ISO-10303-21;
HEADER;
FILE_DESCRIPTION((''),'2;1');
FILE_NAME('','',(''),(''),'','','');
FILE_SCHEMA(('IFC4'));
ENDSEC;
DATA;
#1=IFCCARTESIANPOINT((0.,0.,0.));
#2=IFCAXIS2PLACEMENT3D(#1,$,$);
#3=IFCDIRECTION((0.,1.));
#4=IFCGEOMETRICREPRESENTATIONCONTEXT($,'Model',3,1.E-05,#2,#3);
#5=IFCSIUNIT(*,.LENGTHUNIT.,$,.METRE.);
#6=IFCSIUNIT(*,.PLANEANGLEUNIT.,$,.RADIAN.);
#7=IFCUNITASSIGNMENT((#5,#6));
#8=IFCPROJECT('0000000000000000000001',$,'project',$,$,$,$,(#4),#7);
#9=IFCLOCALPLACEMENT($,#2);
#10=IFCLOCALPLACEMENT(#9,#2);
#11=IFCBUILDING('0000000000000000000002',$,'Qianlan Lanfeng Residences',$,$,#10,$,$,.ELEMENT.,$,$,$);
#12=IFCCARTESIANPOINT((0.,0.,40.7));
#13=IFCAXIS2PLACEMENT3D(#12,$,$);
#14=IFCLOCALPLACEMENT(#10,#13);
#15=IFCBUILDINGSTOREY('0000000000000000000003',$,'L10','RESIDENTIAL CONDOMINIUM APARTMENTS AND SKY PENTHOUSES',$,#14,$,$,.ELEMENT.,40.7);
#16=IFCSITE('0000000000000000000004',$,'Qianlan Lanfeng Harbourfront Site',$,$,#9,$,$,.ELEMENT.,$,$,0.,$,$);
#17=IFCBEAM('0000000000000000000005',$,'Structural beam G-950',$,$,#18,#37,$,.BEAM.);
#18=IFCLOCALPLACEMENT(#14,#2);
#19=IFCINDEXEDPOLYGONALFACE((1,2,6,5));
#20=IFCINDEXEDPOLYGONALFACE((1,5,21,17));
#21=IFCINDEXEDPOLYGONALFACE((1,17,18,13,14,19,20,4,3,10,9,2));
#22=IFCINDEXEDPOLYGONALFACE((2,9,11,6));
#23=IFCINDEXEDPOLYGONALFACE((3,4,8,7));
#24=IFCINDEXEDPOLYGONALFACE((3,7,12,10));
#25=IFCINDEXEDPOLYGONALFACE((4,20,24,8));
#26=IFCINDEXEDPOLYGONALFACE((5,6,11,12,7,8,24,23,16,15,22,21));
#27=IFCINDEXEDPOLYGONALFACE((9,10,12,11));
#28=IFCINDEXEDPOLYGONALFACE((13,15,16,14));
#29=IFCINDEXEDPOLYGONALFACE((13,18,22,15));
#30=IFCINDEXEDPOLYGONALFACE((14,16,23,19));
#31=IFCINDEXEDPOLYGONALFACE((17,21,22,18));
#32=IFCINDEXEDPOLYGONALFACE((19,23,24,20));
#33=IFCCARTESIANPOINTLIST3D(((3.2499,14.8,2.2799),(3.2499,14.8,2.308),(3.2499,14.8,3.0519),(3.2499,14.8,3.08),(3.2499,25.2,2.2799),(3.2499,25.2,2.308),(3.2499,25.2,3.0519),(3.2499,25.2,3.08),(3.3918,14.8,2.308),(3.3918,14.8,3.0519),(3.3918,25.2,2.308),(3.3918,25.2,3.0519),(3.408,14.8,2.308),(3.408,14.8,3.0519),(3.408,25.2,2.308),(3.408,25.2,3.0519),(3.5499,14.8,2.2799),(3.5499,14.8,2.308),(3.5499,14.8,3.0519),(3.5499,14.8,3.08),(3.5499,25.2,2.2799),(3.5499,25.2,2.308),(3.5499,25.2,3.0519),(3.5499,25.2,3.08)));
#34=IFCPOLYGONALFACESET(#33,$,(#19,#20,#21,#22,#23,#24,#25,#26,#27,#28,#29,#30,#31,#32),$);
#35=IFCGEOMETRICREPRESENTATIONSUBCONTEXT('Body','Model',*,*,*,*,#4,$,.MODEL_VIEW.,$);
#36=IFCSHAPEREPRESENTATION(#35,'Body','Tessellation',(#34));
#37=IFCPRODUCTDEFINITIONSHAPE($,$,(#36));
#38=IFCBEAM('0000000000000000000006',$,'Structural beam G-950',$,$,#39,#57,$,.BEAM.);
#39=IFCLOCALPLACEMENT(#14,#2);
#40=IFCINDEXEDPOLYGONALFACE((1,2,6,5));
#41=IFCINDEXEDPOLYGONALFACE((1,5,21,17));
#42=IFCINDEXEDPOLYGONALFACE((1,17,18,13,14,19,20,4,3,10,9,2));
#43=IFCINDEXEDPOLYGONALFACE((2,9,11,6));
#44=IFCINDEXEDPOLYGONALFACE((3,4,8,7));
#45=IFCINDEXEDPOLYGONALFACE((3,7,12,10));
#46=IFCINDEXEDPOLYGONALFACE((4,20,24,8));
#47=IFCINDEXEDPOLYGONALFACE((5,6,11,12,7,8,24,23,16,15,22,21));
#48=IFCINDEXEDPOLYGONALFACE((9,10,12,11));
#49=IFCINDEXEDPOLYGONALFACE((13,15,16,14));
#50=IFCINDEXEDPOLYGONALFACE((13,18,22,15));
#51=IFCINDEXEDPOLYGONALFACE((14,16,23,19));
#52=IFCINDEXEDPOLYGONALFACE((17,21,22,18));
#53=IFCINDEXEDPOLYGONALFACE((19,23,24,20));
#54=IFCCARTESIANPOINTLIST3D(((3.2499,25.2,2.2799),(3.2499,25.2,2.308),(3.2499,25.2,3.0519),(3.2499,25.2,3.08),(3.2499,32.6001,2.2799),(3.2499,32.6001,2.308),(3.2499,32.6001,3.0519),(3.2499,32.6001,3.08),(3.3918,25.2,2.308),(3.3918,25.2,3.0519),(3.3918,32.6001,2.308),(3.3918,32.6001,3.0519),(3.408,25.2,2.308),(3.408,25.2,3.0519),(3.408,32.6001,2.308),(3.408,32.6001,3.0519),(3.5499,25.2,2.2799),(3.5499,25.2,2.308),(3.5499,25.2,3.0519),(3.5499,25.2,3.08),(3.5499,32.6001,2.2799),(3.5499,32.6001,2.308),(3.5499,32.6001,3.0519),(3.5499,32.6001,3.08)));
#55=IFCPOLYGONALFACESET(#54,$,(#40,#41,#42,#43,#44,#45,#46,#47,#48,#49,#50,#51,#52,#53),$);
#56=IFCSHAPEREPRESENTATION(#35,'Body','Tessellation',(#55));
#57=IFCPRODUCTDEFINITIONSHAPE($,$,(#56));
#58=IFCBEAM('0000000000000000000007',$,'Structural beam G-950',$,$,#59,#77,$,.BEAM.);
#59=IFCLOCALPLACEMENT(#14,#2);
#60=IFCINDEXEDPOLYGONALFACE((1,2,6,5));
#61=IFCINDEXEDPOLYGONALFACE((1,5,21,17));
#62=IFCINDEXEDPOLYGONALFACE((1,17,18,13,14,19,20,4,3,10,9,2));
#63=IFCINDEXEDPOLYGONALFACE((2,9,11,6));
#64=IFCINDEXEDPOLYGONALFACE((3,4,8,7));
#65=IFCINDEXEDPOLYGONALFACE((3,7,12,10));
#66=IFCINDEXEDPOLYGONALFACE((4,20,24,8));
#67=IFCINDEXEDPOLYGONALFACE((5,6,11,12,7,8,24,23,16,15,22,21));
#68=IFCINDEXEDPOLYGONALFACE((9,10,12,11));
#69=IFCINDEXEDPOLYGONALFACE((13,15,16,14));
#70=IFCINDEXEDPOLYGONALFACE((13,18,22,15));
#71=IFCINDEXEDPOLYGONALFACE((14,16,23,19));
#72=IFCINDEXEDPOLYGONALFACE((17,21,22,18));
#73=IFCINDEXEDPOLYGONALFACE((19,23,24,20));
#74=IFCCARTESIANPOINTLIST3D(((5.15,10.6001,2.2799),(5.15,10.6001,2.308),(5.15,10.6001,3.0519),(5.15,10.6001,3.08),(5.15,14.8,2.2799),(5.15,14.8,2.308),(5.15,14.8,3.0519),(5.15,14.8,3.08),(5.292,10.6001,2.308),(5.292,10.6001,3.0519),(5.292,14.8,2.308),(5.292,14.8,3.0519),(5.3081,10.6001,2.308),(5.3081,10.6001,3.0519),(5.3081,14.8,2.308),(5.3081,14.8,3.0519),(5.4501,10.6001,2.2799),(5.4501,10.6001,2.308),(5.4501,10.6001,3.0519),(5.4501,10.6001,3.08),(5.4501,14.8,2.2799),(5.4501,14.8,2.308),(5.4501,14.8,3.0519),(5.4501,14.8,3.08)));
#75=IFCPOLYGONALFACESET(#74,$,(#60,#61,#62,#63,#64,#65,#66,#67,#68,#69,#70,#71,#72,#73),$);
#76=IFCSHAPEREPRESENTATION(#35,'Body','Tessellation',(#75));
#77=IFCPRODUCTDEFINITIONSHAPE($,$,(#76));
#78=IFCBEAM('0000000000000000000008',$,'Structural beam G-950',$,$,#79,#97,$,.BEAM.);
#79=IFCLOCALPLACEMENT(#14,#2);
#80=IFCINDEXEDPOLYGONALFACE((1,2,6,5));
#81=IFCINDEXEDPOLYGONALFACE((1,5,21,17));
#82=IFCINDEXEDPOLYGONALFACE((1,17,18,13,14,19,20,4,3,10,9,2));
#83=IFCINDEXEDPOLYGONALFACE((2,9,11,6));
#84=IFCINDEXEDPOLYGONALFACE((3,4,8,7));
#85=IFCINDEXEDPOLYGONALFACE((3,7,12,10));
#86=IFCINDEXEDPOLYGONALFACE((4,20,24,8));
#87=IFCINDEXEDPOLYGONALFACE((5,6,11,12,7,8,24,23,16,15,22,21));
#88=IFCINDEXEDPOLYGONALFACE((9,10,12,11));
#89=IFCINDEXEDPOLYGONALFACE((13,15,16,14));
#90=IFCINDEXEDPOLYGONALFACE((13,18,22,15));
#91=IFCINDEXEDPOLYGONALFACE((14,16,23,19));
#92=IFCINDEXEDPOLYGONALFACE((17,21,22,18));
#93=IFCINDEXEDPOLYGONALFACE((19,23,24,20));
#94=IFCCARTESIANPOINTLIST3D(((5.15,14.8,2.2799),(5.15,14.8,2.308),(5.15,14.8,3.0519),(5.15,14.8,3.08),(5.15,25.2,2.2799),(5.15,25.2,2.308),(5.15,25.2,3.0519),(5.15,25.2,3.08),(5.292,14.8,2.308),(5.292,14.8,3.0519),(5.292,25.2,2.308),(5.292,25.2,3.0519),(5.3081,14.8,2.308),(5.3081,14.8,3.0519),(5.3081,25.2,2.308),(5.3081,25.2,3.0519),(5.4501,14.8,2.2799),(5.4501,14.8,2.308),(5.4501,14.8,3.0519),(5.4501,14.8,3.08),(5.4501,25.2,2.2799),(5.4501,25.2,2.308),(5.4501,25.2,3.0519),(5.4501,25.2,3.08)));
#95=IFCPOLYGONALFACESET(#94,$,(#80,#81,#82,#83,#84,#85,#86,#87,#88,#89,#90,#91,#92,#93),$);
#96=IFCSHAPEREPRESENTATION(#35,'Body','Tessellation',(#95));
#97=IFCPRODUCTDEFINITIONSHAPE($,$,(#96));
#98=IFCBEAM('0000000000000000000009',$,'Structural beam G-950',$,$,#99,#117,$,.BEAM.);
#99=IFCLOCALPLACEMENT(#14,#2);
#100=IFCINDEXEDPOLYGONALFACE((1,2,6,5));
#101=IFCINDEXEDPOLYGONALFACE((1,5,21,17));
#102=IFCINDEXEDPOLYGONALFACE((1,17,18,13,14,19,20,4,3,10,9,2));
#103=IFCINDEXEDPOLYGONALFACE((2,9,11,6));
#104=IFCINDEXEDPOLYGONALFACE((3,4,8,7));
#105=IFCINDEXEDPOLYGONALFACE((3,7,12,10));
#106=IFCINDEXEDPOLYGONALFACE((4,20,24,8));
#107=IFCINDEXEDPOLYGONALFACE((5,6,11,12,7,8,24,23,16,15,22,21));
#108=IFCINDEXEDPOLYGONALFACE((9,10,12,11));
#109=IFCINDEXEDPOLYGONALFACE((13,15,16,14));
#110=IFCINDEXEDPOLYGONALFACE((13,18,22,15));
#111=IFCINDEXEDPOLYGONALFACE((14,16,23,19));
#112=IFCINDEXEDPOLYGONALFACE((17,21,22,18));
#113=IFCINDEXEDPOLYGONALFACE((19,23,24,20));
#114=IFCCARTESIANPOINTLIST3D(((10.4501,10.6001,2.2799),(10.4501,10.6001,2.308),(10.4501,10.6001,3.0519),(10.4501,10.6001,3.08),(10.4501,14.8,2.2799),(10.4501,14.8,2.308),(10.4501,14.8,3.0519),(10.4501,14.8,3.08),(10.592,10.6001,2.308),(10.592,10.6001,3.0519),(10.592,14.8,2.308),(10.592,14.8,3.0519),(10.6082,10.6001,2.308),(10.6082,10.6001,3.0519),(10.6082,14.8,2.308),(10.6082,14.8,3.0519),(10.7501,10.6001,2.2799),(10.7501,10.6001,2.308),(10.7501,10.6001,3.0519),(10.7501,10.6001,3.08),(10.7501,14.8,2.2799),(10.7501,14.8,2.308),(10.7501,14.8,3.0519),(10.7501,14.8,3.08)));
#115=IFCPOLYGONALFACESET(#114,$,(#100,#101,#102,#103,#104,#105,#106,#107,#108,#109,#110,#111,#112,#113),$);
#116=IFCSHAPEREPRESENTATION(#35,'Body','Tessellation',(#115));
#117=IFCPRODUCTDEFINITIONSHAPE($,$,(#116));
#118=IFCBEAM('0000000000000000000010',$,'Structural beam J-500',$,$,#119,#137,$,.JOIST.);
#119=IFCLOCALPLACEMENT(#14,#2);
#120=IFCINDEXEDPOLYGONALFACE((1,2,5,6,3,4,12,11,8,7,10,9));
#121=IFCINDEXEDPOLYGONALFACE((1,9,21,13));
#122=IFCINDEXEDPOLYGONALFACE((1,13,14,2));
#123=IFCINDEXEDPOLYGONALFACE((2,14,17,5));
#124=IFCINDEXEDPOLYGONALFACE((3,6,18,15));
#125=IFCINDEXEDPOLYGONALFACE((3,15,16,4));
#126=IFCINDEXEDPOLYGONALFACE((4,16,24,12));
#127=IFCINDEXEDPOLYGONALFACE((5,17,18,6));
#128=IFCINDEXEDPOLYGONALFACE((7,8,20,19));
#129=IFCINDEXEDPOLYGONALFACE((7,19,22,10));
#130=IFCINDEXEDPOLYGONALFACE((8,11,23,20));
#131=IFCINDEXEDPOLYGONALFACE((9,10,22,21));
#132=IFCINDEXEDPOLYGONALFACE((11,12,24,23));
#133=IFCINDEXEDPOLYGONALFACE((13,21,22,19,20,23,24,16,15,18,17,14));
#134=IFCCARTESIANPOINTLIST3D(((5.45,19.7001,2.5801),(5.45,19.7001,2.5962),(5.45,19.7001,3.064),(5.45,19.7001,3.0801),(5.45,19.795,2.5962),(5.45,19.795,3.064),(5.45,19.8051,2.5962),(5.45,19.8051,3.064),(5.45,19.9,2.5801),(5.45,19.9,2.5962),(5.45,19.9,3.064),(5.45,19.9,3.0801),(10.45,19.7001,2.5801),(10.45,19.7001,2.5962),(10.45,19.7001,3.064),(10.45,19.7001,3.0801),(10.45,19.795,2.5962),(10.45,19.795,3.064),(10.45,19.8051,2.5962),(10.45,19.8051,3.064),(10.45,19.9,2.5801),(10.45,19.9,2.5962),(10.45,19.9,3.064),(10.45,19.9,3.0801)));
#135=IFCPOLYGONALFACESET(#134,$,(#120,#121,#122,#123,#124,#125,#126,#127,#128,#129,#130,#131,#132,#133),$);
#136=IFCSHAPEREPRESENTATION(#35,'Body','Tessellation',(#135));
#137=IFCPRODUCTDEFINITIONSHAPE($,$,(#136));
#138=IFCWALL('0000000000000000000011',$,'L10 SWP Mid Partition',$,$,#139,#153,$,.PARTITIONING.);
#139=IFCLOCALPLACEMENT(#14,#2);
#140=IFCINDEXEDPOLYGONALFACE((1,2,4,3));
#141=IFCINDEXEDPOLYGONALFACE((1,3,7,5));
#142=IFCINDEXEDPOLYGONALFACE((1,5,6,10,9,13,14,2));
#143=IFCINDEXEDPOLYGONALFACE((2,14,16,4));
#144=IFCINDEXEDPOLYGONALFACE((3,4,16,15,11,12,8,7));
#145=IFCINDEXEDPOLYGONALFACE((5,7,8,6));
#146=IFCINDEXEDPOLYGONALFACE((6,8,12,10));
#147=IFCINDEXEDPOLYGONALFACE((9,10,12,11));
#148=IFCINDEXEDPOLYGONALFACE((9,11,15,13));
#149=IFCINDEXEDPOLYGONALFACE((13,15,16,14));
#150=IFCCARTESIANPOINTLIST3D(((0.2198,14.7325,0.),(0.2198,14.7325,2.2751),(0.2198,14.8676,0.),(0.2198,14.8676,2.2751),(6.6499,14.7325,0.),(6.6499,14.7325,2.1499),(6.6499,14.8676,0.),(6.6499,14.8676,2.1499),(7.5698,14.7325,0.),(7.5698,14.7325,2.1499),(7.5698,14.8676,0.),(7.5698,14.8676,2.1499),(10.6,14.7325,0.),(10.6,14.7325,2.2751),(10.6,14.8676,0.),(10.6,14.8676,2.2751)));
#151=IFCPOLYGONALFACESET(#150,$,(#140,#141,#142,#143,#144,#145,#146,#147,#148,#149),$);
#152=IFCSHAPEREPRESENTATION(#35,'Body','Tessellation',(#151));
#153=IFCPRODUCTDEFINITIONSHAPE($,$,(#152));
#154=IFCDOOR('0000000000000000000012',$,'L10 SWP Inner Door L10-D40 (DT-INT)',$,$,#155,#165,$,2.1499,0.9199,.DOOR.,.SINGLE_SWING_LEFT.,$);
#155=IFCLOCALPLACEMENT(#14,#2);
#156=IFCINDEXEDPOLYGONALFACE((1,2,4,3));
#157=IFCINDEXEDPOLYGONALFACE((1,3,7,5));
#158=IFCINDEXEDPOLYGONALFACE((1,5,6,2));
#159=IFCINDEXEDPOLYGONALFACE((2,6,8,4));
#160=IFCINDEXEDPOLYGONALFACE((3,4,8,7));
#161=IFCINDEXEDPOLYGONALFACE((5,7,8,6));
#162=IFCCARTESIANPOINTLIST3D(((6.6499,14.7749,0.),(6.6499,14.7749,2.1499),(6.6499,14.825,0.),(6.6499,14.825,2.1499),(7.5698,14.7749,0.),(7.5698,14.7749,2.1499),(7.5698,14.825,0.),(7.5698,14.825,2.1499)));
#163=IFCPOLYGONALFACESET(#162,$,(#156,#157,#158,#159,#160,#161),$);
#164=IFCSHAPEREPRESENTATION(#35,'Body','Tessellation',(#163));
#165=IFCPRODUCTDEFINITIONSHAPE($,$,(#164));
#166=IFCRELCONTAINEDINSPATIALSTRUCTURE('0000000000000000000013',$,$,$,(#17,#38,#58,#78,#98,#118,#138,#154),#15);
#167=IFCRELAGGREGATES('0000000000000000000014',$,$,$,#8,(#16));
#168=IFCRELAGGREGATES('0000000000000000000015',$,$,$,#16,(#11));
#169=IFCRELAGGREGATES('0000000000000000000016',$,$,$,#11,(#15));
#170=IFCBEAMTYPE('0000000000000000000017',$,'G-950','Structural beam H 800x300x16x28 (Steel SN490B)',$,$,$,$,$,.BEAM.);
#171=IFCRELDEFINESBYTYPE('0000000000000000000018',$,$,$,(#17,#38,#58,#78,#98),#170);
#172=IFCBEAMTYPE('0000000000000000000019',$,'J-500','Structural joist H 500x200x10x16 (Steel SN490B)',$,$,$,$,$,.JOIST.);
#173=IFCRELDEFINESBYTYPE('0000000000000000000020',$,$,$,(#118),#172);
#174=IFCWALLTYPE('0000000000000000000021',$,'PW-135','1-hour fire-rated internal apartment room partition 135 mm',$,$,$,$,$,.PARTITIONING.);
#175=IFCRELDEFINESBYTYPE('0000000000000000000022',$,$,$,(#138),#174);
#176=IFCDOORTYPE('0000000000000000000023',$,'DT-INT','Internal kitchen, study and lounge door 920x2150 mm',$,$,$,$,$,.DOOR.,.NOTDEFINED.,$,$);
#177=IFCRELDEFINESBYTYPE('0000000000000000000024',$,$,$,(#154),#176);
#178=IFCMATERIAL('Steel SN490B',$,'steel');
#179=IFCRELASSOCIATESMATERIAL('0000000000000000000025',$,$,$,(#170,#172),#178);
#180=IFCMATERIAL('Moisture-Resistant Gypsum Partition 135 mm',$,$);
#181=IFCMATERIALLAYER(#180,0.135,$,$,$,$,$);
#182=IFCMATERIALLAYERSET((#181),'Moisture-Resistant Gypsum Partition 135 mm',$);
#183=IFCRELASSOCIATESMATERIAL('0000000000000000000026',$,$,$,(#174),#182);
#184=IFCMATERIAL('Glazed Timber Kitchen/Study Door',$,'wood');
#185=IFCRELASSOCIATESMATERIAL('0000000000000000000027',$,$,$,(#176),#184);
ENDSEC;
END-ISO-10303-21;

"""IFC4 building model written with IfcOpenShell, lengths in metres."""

from ifc_helpers import new_model, si_unit, direction, frame, frame_2d, origin, origin_2d, place, context, subcontext, project, spatial, rectangle, i_section, extrude, material, layer, layer_set, material_profile, profile_set, type_object, element, fill, save


model = new_model("IFC4")

# Units and contexts
model_context = context("Model", 3, precision=1e-05, world=origin(), true_north=direction((0.0, 1.0)))
body_context = subcontext(model_context, "Body", "Model", "MODEL_VIEW")
ifc_project = project(units=[si_unit("LENGTHUNIT", "METRE"), si_unit("PLANEANGLEUNIT", "RADIAN")], contexts=[model_context])

# Site, building, storey
site_placement = place(None, origin())
site = spatial("IfcSite", under=ifc_project, at=site_placement, Name="Qianlan Lanfeng Harbourfront Site", CompositionType="ELEMENT", RefElevation=0.0)
building_placement = place(site_placement, origin())
building = spatial("IfcBuilding", under=site, at=building_placement, Name="Qianlan Lanfeng Residences", CompositionType="ELEMENT")
storey_placement = place(building_placement, frame((0.0, 0.0, 40.7)))
storey = spatial("IfcBuildingStorey", under=building, at=storey_placement, Name="L10", Description="RESIDENTIAL CONDOMINIUM APARTMENTS AND SKY PENTHOUSES", CompositionType="ELEMENT", Elevation=40.7)

# Beams
ifc_material_1 = material(Name="Steel SN490B", Category="steel")
ifc_material_profile_1 = material_profile(ifc_material_1, i_section(OverallWidth=0.3, OverallDepth=0.8, WebThickness=0.0161, FlangeThickness=0.0281, at=origin_2d()), Name="H 800x300x16x28")
ifc_profile_set_1 = profile_set([ifc_material_profile_1], Name="Steel SN490B")
beam_type_1 = type_object("IfcBeamType", Name="G-950", Description="Structural beam H 800x300x16x28 (Steel SN490B)", PredefinedType="BEAM", material=ifc_profile_set_1)
beam_1_placement = place(storey_placement, frame((3.3999, 14.8, 2.6799), z_axis=(0.0, 1.0, 0.0), x_axis=(-1.0, 0.0, 0.0)))
element("IfcBeam", 1, at=beam_1_placement, inside=storey, type_object=beam_type_1, Name="Structural beam G-950", PredefinedType="BEAM", context=body_context, shape_type="SweptSolid", body=[
    extrude(i_section(OverallWidth=0.3, OverallDepth=0.8, WebThickness=0.0161, FlangeThickness=0.0281, at=origin_2d()), origin(), (0.0, 0.0, 1.0), 10.3999),
])
beam_2_placement = place(storey_placement, frame((3.3999, 25.2, 2.6799), z_axis=(0.0, 1.0, 0.0), x_axis=(-1.0, 0.0, 0.0)))
element("IfcBeam", 2, at=beam_2_placement, inside=storey, type_object=beam_type_1, Name="Structural beam G-950", PredefinedType="BEAM", context=body_context, shape_type="SweptSolid", body=[
    extrude(i_section(OverallWidth=0.3, OverallDepth=0.8, WebThickness=0.0161, FlangeThickness=0.0281, at=origin_2d()), origin(), (0.0, 0.0, 1.0), 7.4001),
])
beam_3_placement = place(storey_placement, frame((5.3, 10.6001, 2.6799), z_axis=(0.0, 1.0, 0.0), x_axis=(-1.0, 0.0, 0.0)))
element("IfcBeam", 3, at=beam_3_placement, inside=storey, type_object=beam_type_1, Name="Structural beam G-950", PredefinedType="BEAM", context=body_context, shape_type="SweptSolid", body=[
    extrude(i_section(OverallWidth=0.3, OverallDepth=0.8, WebThickness=0.0161, FlangeThickness=0.0281, at=origin_2d()), origin(), (0.0, 0.0, 1.0), 4.2),
])
beam_4_placement = place(storey_placement, frame((5.3, 14.8, 2.6799), z_axis=(0.0, 1.0, 0.0), x_axis=(-1.0, 0.0, 0.0)))
element("IfcBeam", 4, at=beam_4_placement, inside=storey, type_object=beam_type_1, Name="Structural beam G-950", PredefinedType="BEAM", context=body_context, shape_type="SweptSolid", body=[
    extrude(i_section(OverallWidth=0.3, OverallDepth=0.8, WebThickness=0.0161, FlangeThickness=0.0281, at=origin_2d()), origin(), (0.0, 0.0, 1.0), 10.3999),
])
beam_5_placement = place(storey_placement, frame((10.6001, 10.6001, 2.6799), z_axis=(0.0, 1.0, 0.0), x_axis=(-1.0, 0.0, 0.0)))
element("IfcBeam", 5, at=beam_5_placement, inside=storey, type_object=beam_type_1, Name="Structural beam G-950", PredefinedType="BEAM", context=body_context, shape_type="SweptSolid", body=[
    extrude(i_section(OverallWidth=0.3, OverallDepth=0.8, WebThickness=0.0161, FlangeThickness=0.0281, at=origin_2d()), origin(), (0.0, 0.0, 1.0), 4.2),
])
ifc_material_profile_2 = material_profile(ifc_material_1, i_section(OverallWidth=0.2, OverallDepth=0.5, WebThickness=0.01, FlangeThickness=0.0161, at=origin_2d()), Name="H 500x200x10x16")
ifc_profile_set_2 = profile_set([ifc_material_profile_2], Name="Steel SN490B")
beam_type_2 = type_object("IfcBeamType", Name="J-500", Description="Structural joist H 500x200x10x16 (Steel SN490B)", PredefinedType="JOIST", material=ifc_profile_set_2)
beam_6_placement = place(storey_placement, frame((5.45, 19.8, 2.8301), z_axis=(1.0, 0.0, 0.0), x_axis=(0.0, 1.0, 0.0)))
element("IfcBeam", 6, at=beam_6_placement, inside=storey, type_object=beam_type_2, Name="Structural beam J-500", PredefinedType="JOIST", context=body_context, shape_type="SweptSolid", body=[
    extrude(i_section(OverallWidth=0.2, OverallDepth=0.5, WebThickness=0.01, FlangeThickness=0.0161, at=origin_2d()), origin(), (0.0, 0.0, 1.0), 5.0),
])

# Wall, opening, door
ifc_material_2 = material(Name="Moisture-Resistant Gypsum Partition 135 mm")
ifc_layer_1 = layer(ifc_material_2, 0.135)
ifc_layer_set_1 = layer_set([ifc_layer_1], Name="Moisture-Resistant Gypsum Partition 135 mm")
wall_type_1 = type_object("IfcWallType", Name="PW-135", Description="1-hour fire-rated internal apartment room partition 135 mm", PredefinedType="PARTITIONING", material=ifc_layer_set_1)
wall_1_placement = place(storey_placement, frame((0.22, 14.8, 0.0), z_axis=(0.0, 0.0, 1.0), x_axis=(1.0, 0.0, 0.0)))
wall_1 = element("IfcWall", 7, at=wall_1_placement, inside=storey, type_object=wall_type_1, Name="L10 SWP Mid Partition", PredefinedType="PARTITIONING", context=body_context, shape_type="SweptSolid", body=[
    extrude(rectangle(XDim=10.3801, YDim=0.135, at=frame_2d((5.1899, 0.0))), origin(), (0.0, 0.0, 1.0), 2.2751),
])
opening_1_placement = place(wall_1_placement, frame((6.4299, 0.0, 0.0)))
opening_1 = element("IfcOpeningElement", 8, at=opening_1_placement, cuts=wall_1, PredefinedType="OPENING", context=body_context, shape_type="SweptSolid", body=[
    extrude(rectangle(XDim=0.9199, YDim=2.1499, at=frame_2d((0.46, 1.075))), frame((0.0, 0.0776, 0.0), z_axis=(0.0, -1.0, 0.0), x_axis=(1.0, 0.0, 0.0)), (0.0, 0.0, 1.0), 0.155),
])
ifc_material_3 = material(Name="Glazed Timber Kitchen/Study Door", Category="wood")
door_type_1 = type_object("IfcDoorType", Name="DT-INT", Description="Internal kitchen, study and lounge door 920x2150 mm", OperationType="NOTDEFINED", PredefinedType="DOOR", material=ifc_material_3)
door_1_placement = place(opening_1_placement, origin())
door_1 = element("IfcDoor", 9, at=door_1_placement, inside=storey, type_object=door_type_1, Name="L10 SWP Inner Door L10-D40 (DT-INT)", OperationType="SINGLE_SWING_LEFT", OverallHeight=2.1499, OverallWidth=0.9199, PredefinedType="DOOR", context=body_context, shape_type="SweptSolid", body=[
    extrude(rectangle(XDim=0.9199, YDim=2.1499, at=frame_2d((0.46, 1.075))), frame((0.0, 0.0249, 0.0), z_axis=(0.0, -1.0, 0.0), x_axis=(1.0, 0.0, 0.0)), (0.0, 0.0, 1.0), 0.05),
])
fill(opening_1, door_1)

save(model, "model.ifc")
